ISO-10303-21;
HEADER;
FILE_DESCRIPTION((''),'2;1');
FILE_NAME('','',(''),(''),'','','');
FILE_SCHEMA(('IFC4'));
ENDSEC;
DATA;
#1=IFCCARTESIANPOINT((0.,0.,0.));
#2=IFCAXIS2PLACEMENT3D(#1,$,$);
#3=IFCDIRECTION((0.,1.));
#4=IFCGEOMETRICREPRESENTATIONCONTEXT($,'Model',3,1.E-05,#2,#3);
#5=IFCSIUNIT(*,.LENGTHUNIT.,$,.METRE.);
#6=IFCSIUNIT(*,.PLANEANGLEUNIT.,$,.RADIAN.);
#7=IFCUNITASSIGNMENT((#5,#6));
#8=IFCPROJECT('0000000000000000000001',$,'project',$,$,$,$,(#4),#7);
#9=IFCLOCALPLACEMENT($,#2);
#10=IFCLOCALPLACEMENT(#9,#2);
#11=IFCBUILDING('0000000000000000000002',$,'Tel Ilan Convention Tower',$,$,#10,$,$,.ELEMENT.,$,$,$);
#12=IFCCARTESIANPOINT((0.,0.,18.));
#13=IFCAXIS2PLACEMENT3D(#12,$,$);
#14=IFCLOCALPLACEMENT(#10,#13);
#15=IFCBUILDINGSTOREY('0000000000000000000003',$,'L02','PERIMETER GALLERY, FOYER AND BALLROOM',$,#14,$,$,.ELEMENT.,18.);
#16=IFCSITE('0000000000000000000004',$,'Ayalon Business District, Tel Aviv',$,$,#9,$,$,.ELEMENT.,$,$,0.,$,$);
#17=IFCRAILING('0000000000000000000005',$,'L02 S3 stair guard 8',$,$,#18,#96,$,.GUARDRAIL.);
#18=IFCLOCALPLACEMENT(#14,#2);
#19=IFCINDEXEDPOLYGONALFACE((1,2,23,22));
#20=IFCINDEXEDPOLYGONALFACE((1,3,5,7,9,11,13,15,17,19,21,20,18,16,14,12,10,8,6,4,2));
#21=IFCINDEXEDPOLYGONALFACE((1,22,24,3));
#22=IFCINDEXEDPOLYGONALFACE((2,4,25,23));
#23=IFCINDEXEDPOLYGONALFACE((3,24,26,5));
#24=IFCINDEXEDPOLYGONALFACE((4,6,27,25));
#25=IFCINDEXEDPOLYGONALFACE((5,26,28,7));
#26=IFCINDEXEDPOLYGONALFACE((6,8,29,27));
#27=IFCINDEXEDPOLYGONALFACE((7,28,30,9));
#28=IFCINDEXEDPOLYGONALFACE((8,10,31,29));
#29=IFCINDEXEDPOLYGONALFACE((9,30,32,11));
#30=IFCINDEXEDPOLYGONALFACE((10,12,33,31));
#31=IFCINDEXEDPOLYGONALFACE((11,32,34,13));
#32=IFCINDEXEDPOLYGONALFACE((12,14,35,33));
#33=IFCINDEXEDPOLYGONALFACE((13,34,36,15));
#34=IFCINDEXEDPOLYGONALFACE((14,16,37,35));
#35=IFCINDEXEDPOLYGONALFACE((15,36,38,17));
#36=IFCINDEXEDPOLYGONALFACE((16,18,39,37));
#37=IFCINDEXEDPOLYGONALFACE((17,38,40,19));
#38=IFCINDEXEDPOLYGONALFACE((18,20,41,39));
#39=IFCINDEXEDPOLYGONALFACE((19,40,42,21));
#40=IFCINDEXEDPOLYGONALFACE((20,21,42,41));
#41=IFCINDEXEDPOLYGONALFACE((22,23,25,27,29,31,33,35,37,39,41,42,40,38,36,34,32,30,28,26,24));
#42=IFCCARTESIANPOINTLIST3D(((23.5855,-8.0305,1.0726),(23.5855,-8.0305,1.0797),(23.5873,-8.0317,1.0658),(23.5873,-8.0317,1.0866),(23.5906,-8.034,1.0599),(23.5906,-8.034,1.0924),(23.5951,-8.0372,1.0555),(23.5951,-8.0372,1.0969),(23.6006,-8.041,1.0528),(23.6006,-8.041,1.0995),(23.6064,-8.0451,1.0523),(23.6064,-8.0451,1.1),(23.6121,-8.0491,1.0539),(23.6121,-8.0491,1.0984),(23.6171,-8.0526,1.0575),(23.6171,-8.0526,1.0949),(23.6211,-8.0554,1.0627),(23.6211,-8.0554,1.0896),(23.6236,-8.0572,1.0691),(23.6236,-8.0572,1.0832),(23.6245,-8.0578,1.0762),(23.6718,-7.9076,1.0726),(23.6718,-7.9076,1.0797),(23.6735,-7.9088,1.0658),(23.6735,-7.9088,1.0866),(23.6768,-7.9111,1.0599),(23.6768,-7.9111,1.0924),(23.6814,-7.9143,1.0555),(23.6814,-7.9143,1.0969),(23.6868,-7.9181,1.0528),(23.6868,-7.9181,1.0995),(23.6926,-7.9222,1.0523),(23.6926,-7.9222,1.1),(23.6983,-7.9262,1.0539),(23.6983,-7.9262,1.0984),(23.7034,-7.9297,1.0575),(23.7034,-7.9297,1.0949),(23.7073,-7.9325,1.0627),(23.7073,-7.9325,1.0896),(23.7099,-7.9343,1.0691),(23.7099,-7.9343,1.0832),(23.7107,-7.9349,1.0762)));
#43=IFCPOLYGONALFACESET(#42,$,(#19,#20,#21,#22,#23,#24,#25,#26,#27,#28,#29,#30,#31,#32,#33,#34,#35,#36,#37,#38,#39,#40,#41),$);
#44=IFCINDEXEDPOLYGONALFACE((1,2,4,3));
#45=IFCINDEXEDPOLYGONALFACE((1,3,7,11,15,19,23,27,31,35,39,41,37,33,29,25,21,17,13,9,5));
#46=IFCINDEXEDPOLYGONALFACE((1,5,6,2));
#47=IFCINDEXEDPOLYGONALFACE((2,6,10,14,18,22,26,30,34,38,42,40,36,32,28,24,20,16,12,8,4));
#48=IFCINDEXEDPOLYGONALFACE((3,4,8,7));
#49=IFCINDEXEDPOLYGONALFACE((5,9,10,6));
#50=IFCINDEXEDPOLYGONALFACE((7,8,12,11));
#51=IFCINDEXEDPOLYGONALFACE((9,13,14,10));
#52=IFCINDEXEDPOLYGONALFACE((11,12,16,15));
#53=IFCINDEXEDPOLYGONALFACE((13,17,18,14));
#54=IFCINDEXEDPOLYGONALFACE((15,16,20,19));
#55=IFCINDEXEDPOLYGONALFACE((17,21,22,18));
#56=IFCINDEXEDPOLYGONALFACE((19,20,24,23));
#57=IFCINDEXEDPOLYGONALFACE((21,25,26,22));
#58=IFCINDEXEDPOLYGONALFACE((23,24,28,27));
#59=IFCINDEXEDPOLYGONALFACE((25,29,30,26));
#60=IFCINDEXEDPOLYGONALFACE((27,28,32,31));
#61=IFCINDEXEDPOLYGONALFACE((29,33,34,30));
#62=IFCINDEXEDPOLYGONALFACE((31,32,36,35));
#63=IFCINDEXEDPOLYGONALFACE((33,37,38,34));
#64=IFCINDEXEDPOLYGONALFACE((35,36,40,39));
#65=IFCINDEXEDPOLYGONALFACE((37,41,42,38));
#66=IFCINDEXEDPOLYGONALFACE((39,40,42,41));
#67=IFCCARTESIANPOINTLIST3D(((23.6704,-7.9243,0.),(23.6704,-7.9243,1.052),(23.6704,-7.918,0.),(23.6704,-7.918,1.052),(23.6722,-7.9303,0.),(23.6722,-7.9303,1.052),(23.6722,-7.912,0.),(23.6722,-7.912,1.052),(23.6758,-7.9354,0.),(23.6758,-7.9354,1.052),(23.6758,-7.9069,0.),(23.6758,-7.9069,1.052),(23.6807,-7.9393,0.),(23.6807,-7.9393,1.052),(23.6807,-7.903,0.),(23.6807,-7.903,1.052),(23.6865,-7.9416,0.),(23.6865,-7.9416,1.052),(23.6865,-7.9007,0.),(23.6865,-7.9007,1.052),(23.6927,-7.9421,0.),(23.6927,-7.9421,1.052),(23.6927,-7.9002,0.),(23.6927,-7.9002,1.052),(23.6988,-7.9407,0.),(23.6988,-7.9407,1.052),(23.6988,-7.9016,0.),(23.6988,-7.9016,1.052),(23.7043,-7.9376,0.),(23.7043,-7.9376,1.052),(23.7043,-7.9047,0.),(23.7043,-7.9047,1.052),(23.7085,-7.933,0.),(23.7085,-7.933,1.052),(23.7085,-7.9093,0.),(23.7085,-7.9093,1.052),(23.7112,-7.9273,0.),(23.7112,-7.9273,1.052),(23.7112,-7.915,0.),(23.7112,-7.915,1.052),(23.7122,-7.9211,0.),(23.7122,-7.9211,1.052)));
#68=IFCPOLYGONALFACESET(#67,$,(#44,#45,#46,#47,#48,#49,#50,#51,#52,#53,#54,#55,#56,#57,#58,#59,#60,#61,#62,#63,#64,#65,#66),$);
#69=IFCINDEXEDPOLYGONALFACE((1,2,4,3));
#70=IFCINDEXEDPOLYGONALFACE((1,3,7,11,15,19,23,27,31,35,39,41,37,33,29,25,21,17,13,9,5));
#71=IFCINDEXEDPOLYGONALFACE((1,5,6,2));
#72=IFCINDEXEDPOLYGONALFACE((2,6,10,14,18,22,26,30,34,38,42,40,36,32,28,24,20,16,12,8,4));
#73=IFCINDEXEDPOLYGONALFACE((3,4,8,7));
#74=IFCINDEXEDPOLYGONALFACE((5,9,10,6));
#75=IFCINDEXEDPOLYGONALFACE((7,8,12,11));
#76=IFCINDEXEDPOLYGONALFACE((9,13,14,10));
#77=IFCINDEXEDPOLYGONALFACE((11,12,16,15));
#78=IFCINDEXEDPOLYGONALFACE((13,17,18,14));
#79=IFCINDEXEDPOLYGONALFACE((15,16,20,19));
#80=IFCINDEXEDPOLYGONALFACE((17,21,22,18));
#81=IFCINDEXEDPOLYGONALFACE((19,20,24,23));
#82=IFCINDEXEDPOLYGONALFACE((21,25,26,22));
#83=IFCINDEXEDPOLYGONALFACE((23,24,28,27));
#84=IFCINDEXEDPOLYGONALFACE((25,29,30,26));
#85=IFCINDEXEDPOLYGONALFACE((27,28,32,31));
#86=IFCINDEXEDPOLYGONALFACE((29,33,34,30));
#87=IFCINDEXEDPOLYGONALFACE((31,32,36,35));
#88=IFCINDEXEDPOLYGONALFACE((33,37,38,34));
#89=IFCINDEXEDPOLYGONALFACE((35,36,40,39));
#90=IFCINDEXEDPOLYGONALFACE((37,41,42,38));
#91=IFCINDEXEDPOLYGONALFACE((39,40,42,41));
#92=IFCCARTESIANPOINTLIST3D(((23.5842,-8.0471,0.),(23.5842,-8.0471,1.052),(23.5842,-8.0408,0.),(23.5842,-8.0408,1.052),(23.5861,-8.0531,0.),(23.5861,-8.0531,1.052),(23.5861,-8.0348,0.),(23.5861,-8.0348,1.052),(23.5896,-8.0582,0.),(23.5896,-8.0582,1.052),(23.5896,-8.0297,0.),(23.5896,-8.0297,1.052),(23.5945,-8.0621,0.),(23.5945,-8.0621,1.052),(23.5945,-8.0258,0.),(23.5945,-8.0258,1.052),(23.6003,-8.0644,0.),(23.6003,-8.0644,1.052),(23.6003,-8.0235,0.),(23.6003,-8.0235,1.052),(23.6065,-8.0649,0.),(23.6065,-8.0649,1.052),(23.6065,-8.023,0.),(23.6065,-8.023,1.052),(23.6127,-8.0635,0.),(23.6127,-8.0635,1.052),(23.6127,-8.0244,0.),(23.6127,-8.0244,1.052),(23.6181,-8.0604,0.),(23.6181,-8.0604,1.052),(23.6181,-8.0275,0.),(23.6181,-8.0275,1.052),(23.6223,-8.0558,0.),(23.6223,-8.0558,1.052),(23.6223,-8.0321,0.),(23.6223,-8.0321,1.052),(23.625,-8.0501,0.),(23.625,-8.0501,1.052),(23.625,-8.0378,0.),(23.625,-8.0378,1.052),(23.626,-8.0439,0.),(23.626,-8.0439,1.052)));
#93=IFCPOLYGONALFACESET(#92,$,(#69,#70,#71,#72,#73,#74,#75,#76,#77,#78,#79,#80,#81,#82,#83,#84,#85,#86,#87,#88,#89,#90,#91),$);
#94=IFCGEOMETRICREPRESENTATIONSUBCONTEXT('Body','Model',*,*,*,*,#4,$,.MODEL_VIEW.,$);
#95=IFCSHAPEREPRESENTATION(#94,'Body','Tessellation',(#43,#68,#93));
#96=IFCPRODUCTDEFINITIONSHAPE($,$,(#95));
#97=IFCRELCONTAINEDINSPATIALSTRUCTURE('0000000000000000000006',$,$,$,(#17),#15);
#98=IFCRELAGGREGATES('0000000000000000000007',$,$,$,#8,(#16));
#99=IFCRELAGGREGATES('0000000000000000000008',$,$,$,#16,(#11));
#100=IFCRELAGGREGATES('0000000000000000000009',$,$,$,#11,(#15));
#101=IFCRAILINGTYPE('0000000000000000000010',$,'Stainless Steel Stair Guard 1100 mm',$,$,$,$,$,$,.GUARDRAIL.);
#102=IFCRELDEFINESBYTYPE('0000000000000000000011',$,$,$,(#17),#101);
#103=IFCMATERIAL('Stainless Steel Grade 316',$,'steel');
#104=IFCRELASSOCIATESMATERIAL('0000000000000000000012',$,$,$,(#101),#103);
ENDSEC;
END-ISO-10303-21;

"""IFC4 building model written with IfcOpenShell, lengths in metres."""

from ifc_helpers import new_model, si_unit, direction, frame, origin, origin_2d, place, context, subcontext, project, spatial, circle, extrude, material, type_object, element, save


model = new_model("IFC4")

# Units and contexts
model_context = context("Model", 3, precision=1e-05, world=origin(), true_north=direction((0.0, 1.0)))
body_context = subcontext(model_context, "Body", "Model", "MODEL_VIEW")
ifc_project = project(units=[si_unit("LENGTHUNIT", "METRE"), si_unit("PLANEANGLEUNIT", "RADIAN")], contexts=[model_context])

# Site, building, storey
site_placement = place(None, origin())
site = spatial("IfcSite", under=ifc_project, at=site_placement, Name="Ayalon Business District, Tel Aviv", CompositionType="ELEMENT", RefElevation=0.0)
building_placement = place(site_placement, origin())
building = spatial("IfcBuilding", under=site, at=building_placement, Name="Tel Ilan Convention Tower", CompositionType="ELEMENT")
storey_placement = place(building_placement, frame((0.0, 0.0, 18.0)))
storey = spatial("IfcBuildingStorey", under=building, at=storey_placement, Name="L02", Description="PERIMETER GALLERY, FOYER AND BALLROOM", CompositionType="ELEMENT", Elevation=18.0)

# Railing
ifc_material_1 = material(Name="Stainless Steel Grade 316", Category="steel")
railing_type_1 = type_object("IfcRailingType", Name="Stainless Steel Stair Guard 1100 mm", PredefinedType="GUARDRAIL", material=ifc_material_1)
railing_1_placement = place(storey_placement, frame((23.6912, -7.9211, 0.0)))
element("IfcRailing", 1, at=railing_1_placement, inside=storey, type_object=railing_type_1, Name="L02 S3 stair guard 8", PredefinedType="GUARDRAIL", context=body_context, shape_type="SweptSolid", body=[
    extrude(circle(Radius=0.0239, at=origin_2d()), frame((0.0, 0.0, 1.0762), z_axis=(-0.574445, -0.818543, 0.0), x_axis=(0.818543, -0.574445, 0.0)), (0.0, 0.0, 1.0), 0.1501),
    extrude(circle(Radius=0.021, at=origin_2d()), origin(), (0.0, 0.0, 1.0), 1.052),
    extrude(circle(Radius=0.021, at=origin_2d()), frame((-0.0862, -0.1228, 0.0)), (0.0, 0.0, 1.0), 1.052),
])

save(model, "model.ifc")
